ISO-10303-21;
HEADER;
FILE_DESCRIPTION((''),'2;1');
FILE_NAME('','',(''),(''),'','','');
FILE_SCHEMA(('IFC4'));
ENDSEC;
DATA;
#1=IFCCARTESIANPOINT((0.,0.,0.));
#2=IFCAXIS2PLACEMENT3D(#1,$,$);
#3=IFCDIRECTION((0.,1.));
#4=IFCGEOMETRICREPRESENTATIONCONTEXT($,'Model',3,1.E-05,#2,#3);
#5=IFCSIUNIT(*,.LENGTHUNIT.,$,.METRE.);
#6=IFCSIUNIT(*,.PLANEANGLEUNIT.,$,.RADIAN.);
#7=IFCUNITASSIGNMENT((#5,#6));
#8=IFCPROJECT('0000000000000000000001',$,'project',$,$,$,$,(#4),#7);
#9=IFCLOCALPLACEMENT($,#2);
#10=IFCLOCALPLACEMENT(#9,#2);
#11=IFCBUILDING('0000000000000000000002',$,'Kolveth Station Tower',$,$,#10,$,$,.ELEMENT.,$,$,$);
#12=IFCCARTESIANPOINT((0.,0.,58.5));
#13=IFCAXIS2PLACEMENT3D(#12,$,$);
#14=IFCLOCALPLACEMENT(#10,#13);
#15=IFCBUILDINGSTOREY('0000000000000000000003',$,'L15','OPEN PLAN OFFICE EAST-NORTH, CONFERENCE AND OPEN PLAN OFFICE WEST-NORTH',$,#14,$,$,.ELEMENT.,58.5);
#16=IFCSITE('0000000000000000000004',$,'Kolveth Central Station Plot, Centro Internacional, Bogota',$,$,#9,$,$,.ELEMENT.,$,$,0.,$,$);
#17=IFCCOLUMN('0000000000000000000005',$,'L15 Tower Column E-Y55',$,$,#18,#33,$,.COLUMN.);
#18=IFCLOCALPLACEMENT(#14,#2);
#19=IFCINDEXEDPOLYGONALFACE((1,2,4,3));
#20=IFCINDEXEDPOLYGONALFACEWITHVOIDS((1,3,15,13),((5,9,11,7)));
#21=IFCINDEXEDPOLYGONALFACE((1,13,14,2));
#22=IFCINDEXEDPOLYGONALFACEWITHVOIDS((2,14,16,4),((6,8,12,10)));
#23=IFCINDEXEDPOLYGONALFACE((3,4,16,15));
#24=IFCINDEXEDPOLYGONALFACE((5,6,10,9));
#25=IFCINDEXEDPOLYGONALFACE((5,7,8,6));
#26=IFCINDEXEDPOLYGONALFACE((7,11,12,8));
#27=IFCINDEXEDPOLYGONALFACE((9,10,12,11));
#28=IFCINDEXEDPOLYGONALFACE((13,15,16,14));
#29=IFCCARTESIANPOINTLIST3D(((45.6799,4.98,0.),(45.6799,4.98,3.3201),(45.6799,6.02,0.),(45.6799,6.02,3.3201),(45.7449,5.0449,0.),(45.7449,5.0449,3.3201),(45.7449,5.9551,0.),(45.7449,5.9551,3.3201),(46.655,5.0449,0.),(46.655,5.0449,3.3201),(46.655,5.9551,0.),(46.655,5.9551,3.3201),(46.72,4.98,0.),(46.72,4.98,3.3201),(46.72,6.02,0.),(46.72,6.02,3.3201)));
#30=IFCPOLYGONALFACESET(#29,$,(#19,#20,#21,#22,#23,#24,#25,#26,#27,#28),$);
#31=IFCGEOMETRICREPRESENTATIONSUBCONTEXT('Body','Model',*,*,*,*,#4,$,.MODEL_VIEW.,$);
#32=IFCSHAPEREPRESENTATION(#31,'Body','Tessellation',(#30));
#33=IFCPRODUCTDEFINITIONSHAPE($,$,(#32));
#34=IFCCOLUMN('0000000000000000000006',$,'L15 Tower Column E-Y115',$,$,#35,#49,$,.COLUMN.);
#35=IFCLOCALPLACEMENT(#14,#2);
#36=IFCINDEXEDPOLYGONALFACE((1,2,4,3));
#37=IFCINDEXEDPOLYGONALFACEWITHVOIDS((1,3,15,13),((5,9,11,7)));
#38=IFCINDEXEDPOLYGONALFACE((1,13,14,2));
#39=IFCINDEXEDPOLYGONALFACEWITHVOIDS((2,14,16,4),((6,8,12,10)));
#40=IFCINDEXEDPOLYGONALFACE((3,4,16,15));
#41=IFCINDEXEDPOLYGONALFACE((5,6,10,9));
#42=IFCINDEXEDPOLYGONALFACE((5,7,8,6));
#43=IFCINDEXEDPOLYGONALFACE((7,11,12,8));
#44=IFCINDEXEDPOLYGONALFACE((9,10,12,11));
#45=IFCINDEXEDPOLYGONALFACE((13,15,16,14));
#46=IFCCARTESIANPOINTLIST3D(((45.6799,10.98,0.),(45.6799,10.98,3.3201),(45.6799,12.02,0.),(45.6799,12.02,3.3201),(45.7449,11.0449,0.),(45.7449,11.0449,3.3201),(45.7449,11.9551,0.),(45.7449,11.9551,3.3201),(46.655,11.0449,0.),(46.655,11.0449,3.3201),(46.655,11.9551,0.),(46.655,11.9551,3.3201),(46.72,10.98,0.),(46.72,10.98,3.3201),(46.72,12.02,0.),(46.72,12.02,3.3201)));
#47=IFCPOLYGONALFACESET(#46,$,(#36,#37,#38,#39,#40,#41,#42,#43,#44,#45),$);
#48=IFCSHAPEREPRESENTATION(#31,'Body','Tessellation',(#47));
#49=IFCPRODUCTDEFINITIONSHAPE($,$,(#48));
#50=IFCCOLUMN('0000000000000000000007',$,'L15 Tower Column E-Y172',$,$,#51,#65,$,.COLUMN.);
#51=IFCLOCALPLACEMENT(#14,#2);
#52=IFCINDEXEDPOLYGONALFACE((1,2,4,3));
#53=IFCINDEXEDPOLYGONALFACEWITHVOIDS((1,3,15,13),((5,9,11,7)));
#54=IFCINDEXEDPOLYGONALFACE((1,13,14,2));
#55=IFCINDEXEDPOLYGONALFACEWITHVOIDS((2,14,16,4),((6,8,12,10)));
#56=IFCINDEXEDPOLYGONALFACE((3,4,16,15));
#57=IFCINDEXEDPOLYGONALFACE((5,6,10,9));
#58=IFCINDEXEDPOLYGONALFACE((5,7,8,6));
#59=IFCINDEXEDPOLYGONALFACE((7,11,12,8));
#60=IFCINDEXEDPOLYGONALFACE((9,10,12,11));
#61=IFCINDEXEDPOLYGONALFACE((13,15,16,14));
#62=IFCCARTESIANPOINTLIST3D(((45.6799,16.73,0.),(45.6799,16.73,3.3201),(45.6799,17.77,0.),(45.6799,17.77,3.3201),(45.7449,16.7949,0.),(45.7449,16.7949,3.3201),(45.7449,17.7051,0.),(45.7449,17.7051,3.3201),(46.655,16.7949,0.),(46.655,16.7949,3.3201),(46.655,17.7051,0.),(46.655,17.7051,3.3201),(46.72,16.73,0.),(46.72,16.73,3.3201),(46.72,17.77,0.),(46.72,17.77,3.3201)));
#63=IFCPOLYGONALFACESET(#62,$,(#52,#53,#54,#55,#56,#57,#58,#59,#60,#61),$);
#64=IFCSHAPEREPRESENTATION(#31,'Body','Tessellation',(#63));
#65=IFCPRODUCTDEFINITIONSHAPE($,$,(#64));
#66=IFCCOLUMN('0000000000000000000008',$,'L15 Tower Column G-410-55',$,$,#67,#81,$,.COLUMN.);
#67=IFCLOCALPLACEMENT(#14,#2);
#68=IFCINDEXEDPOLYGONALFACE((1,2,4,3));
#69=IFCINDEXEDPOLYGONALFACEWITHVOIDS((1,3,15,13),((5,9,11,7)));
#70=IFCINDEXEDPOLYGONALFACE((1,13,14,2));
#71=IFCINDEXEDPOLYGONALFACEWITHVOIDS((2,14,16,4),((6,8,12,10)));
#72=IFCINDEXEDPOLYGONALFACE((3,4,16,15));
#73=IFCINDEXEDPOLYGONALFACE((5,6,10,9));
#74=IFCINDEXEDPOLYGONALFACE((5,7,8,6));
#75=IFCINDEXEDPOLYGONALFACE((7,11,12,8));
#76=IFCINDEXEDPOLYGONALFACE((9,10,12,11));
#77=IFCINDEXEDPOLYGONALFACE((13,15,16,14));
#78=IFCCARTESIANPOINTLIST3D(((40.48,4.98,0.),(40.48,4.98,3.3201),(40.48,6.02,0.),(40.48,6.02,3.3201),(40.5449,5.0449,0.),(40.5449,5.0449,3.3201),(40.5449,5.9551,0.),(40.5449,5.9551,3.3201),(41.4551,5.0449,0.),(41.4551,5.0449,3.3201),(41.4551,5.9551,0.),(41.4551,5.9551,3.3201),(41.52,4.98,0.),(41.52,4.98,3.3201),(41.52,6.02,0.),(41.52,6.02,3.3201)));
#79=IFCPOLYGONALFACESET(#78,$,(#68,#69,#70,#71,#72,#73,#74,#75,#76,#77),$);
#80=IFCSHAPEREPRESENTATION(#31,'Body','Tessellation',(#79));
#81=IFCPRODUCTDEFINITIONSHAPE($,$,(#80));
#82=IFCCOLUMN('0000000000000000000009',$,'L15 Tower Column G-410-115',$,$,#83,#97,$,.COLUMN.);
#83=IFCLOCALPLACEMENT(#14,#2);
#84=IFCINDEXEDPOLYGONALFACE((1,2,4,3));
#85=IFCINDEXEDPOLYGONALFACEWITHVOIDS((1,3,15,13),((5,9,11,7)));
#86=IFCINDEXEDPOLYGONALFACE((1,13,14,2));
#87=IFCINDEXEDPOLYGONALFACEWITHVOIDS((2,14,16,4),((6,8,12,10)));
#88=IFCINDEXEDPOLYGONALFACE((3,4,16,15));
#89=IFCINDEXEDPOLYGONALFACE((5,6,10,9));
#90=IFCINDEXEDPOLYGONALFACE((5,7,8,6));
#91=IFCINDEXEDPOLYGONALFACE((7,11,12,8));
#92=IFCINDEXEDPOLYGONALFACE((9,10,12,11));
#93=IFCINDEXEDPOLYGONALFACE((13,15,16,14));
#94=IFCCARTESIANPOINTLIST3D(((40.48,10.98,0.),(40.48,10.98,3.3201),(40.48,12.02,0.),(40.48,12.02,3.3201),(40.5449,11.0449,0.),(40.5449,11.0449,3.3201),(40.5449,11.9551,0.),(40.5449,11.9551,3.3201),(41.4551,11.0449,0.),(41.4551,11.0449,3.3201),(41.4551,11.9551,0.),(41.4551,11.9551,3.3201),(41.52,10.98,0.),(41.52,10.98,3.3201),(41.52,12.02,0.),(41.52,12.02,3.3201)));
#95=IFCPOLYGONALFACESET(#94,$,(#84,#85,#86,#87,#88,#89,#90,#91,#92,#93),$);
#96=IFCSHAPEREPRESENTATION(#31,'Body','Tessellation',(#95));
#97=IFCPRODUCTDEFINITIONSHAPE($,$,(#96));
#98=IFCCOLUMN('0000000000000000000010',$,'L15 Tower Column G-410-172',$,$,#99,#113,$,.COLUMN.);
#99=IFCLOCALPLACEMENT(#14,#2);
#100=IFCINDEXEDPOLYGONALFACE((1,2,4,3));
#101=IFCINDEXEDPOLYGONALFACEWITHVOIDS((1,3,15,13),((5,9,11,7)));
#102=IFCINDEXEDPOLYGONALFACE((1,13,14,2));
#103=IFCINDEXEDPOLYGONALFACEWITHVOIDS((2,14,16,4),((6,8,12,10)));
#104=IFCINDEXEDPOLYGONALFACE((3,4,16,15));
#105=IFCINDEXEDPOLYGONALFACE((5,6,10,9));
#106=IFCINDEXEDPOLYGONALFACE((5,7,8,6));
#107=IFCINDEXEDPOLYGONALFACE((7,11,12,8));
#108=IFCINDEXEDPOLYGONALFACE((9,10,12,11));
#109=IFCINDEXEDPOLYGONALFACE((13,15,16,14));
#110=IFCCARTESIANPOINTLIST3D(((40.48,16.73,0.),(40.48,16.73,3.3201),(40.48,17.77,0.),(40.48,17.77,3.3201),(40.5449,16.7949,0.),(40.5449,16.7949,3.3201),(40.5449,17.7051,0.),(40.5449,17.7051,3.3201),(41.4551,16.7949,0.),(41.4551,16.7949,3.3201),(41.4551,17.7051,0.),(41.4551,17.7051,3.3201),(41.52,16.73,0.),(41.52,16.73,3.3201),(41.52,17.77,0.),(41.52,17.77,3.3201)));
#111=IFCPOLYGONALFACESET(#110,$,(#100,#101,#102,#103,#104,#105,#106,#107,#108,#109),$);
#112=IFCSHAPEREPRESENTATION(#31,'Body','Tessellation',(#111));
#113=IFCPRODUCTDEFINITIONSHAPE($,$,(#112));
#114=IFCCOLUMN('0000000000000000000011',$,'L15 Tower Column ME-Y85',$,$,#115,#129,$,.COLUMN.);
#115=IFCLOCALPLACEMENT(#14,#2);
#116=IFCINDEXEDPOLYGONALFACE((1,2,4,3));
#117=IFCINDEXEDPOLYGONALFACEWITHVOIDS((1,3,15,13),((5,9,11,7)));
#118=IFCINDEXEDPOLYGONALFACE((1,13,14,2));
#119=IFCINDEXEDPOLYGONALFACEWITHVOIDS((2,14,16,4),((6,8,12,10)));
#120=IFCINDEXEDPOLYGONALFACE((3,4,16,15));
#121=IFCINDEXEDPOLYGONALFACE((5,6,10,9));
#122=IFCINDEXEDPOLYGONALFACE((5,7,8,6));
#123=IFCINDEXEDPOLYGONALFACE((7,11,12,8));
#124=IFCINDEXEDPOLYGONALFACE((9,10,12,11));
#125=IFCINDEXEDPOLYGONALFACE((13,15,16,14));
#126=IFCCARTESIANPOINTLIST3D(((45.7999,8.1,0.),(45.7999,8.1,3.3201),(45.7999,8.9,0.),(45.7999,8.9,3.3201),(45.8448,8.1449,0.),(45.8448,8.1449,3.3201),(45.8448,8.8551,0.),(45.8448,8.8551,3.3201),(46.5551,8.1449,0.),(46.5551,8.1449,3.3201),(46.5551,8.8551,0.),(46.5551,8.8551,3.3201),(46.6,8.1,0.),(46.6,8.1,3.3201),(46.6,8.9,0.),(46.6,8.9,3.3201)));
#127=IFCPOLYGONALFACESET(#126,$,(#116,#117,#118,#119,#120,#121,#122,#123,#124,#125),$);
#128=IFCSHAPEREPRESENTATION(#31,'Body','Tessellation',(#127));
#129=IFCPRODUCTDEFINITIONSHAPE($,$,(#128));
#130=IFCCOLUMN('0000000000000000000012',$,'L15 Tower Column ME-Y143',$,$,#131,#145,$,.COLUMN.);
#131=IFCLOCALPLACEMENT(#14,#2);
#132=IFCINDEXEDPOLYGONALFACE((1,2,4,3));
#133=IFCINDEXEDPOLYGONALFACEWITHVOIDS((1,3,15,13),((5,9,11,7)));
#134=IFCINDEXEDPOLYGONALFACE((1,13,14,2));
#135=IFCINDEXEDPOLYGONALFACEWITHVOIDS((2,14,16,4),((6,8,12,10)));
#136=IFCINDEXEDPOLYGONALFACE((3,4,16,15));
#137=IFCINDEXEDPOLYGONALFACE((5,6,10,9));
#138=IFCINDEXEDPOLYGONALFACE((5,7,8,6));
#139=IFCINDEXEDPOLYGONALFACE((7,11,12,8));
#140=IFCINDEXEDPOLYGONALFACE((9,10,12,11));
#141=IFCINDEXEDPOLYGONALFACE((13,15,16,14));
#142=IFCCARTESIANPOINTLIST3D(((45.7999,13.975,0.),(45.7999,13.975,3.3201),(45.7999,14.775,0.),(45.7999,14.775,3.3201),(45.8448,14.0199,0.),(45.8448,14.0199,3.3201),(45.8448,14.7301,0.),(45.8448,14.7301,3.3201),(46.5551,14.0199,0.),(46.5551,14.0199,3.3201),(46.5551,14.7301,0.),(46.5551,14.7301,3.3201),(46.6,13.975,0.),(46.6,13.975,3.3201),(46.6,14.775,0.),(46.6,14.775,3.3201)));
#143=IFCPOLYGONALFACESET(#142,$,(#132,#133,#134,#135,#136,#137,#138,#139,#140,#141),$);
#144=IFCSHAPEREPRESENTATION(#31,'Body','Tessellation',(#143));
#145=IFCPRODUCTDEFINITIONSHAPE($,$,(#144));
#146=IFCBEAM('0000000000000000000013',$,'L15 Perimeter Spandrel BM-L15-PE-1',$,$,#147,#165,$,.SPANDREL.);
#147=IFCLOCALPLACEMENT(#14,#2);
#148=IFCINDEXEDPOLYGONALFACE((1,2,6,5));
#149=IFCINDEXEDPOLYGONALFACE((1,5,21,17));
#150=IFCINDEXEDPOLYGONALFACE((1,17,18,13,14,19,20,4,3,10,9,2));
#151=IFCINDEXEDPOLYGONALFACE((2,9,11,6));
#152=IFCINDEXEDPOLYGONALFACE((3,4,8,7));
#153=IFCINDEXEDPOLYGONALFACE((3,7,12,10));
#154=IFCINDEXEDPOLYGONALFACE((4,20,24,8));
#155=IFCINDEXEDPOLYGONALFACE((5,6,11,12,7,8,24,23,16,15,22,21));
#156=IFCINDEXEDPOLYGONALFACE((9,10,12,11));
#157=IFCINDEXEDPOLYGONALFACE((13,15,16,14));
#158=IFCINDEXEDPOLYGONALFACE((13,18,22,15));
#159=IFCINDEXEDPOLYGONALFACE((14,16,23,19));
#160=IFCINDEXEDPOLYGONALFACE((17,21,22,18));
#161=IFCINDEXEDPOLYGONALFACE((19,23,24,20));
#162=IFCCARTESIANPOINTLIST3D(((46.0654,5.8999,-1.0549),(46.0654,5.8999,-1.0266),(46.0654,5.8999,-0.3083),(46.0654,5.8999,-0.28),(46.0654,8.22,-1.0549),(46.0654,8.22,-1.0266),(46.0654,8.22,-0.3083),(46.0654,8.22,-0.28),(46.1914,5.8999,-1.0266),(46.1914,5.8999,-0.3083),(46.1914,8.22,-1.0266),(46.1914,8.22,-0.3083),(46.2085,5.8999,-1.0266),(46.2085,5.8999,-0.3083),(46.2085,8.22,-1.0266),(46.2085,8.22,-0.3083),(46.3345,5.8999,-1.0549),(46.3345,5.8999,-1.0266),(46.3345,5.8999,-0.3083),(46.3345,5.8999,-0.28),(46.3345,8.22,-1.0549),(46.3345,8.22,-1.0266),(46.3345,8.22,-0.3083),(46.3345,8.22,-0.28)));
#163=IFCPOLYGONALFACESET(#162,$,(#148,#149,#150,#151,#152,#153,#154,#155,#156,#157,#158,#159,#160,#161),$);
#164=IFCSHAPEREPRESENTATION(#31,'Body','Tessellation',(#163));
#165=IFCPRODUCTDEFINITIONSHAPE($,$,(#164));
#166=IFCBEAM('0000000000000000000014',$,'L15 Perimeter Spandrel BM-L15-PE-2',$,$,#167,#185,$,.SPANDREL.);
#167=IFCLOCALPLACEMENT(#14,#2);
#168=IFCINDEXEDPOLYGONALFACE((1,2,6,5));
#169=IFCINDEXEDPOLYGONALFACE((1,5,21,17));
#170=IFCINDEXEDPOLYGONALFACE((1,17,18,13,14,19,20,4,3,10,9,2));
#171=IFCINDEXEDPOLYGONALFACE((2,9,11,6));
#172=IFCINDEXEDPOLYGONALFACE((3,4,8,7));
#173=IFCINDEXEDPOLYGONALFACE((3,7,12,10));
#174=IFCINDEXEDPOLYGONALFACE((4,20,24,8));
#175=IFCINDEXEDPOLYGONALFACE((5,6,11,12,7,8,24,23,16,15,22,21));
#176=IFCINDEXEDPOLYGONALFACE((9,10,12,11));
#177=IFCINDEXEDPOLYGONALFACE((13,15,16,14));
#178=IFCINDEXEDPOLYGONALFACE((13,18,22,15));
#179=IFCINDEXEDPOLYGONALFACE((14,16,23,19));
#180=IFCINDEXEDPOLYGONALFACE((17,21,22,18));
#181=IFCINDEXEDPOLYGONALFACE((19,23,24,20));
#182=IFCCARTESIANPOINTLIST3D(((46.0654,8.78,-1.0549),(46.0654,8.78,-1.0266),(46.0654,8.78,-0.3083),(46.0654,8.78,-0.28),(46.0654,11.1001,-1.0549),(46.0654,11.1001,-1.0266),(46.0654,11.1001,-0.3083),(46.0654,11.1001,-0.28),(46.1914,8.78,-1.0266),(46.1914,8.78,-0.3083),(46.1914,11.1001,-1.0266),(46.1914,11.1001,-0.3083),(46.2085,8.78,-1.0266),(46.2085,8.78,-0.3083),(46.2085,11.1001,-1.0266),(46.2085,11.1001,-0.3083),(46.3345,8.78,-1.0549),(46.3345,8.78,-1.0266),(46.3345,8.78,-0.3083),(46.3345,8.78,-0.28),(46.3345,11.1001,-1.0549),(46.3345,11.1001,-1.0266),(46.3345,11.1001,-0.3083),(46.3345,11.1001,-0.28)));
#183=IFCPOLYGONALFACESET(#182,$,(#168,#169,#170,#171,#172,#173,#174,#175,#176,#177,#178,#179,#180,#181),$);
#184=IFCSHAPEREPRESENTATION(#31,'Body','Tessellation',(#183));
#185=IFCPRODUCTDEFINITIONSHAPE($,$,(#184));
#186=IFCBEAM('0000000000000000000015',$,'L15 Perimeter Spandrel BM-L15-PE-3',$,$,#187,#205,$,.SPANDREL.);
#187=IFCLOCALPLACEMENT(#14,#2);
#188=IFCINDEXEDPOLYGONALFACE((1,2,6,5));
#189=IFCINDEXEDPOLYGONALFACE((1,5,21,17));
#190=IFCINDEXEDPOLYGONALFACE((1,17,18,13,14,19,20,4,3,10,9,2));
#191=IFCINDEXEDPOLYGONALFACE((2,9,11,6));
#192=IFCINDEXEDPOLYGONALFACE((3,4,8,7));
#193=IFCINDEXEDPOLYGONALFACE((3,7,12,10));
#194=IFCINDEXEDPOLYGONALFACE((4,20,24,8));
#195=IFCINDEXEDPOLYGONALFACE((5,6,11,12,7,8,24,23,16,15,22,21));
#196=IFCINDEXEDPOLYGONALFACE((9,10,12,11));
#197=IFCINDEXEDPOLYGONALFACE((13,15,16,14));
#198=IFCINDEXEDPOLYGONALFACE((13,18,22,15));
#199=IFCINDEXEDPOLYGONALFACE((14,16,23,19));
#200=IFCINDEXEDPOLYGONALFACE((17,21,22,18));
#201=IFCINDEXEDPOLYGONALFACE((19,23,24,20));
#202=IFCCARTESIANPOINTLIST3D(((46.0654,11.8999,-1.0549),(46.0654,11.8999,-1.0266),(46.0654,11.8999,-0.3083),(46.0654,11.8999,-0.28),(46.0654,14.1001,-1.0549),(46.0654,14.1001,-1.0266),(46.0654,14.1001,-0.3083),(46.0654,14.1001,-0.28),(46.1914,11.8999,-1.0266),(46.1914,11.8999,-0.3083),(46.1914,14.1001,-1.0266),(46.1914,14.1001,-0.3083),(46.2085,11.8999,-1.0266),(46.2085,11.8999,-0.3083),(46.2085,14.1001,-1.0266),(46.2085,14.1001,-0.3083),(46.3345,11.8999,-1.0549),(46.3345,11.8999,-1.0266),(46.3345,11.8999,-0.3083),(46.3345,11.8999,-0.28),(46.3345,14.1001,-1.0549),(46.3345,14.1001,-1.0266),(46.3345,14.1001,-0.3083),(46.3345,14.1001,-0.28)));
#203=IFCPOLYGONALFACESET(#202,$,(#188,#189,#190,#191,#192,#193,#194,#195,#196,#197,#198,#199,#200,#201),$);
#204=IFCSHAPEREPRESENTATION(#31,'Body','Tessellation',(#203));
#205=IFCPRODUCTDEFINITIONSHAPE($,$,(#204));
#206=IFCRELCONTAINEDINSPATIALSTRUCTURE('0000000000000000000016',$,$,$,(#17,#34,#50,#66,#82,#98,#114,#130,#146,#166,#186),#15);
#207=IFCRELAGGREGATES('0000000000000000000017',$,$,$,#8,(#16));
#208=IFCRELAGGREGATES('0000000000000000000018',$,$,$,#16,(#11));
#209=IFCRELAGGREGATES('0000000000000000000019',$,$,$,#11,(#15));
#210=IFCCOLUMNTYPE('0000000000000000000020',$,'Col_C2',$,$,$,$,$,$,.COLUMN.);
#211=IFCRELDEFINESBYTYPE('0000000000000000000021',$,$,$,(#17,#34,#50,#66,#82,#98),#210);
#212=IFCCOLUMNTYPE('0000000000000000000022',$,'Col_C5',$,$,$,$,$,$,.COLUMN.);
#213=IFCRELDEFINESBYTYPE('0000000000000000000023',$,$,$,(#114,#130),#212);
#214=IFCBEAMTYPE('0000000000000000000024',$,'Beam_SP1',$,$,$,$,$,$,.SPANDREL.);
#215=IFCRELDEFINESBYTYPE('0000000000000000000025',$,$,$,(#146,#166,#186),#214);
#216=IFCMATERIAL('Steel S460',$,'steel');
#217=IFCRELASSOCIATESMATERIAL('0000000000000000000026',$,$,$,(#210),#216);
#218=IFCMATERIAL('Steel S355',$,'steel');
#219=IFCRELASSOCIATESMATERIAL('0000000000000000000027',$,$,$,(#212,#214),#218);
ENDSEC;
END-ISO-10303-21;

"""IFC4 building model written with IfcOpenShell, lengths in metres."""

from ifc_helpers import new_model, si_unit, direction, frame, origin, origin_2d, place, context, subcontext, project, spatial, hollow_rectangle, i_section, extrude, source, transform, mapped, material, material_profile, profile_set, type_object, element, save


model = new_model("IFC4")

# Units and contexts
model_context = context("Model", 3, precision=1e-05, world=origin(), true_north=direction((0.0, 1.0)))
body_context = subcontext(model_context, "Body", "Model", "MODEL_VIEW")
ifc_project = project(units=[si_unit("LENGTHUNIT", "METRE"), si_unit("PLANEANGLEUNIT", "RADIAN")], contexts=[model_context])

# Site, building, storey
site_placement = place(None, origin())
site = spatial("IfcSite", under=ifc_project, at=site_placement, Name="Kolveth Central Station Plot, Centro Internacional, Bogota", CompositionType="ELEMENT", RefElevation=0.0)
building_placement = place(site_placement, origin())
building = spatial("IfcBuilding", under=site, at=building_placement, Name="Kolveth Station Tower", CompositionType="ELEMENT")
storey_placement = place(building_placement, frame((0.0, 0.0, 58.5)))
storey = spatial("IfcBuildingStorey", under=building, at=storey_placement, Name="L15", Description="OPEN PLAN OFFICE EAST-NORTH, CONFERENCE AND OPEN PLAN OFFICE WEST-NORTH", CompositionType="ELEMENT", Elevation=58.5)

# Columns
ifc_material_1 = material(Name="Steel S460", Category="steel")
ifc_material_profile_1 = material_profile(ifc_material_1, hollow_rectangle(XDim=1.04, YDim=1.04, WallThickness=0.0649, at=origin_2d()), Name="BOX1040x1040x65")
ifc_profile_set_1 = profile_set([ifc_material_profile_1], Name="Steel S460")
column_type_1 = type_object("IfcColumnType", Name="Col_C2", PredefinedType="COLUMN", material=ifc_profile_set_1)
shared_shape_1 = source(origin(), body_context, "Body", "SweptSolid", [
    extrude(hollow_rectangle(XDim=1.04, YDim=1.04, WallThickness=0.0649, at=origin_2d()), origin(), (0.0, 0.0, 1.0), 3.3201),
])
for number, where, z_axis, x_axis, name in (
    (1, (46.2, 5.5, 0.0), (0.0, 0.0, 1.0), (1.0, 0.0, 0.0), "L15 Tower Column E-Y55"),
    (2, (46.2, 11.5, 0.0), (0.0, 0.0, 1.0), (1.0, 0.0, 0.0), "L15 Tower Column E-Y115"),
    (3, (46.2, 17.25, 0.0), (0.0, 0.0, 1.0), (1.0, 0.0, 0.0), "L15 Tower Column E-Y172"),
    (4, (41.0, 5.5, 0.0), (0.0, 0.0, 1.0), (1.0, 0.0, 0.0), "L15 Tower Column G-410-55"),
    (5, (41.0, 11.5, 0.0), (0.0, 0.0, 1.0), (1.0, 0.0, 0.0), "L15 Tower Column G-410-115"),
    (6, (41.0, 17.25, 0.0), (0.0, 0.0, 1.0), (1.0, 0.0, 0.0), "L15 Tower Column G-410-172"),
):
    element("IfcColumn", number, at=place(storey_placement, frame(where, z_axis=z_axis, x_axis=x_axis)), inside=storey, type_object=column_type_1, Name=name, PredefinedType="COLUMN", context=body_context, shape_type="MappedRepresentation", body=[
        mapped(shared_shape_1, transform((0.0, 0.0, 0.0), x_axis=(1.0, 0.0, 0.0), y_axis=(0.0, 1.0, 0.0), z_axis=(0.0, 0.0, 1.0), scale=1.0)),
    ])
ifc_material_2 = material(Name="Steel S355", Category="steel")
ifc_material_profile_2 = material_profile(ifc_material_2, hollow_rectangle(XDim=0.8, YDim=0.8, WallThickness=0.0449, at=origin_2d()), Name="BOX800x800x45")
ifc_profile_set_2 = profile_set([ifc_material_profile_2], Name="Steel S355")
column_type_2 = type_object("IfcColumnType", Name="Col_C5", PredefinedType="COLUMN", material=ifc_profile_set_2)
shared_shape_2 = source(origin(), body_context, "Body", "SweptSolid", [
    extrude(hollow_rectangle(XDim=0.8, YDim=0.8, WallThickness=0.0449, at=origin_2d()), origin(), (0.0, 0.0, 1.0), 3.3201),
])
for number, where, z_axis, x_axis, name in (
    (7, (46.2, 8.5, 0.0), (0.0, 0.0, 1.0), (1.0, 0.0, 0.0), "L15 Tower Column ME-Y85"),
    (8, (46.2, 14.375, 0.0), (0.0, 0.0, 1.0), (1.0, 0.0, 0.0), "L15 Tower Column ME-Y143"),
):
    element("IfcColumn", number, at=place(storey_placement, frame(where, z_axis=z_axis, x_axis=x_axis)), inside=storey, type_object=column_type_2, Name=name, PredefinedType="COLUMN", context=body_context, shape_type="MappedRepresentation", body=[
        mapped(shared_shape_2, transform((0.0, 0.0, 0.0), x_axis=(1.0, 0.0, 0.0), y_axis=(0.0, 1.0, 0.0), z_axis=(0.0, 0.0, 1.0), scale=1.0)),
    ])

# Beams
ifc_material_profile_3 = material_profile(ifc_material_2, i_section(OverallWidth=0.269, OverallDepth=0.7749, WebThickness=0.0171, FlangeThickness=0.0283, at=origin_2d()), Name="W760x220")
ifc_profile_set_3 = profile_set([ifc_material_profile_3], Name="Steel S355")
beam_type_1 = type_object("IfcBeamType", Name="Beam_SP1", PredefinedType="SPANDREL", material=ifc_profile_set_3)
shared_shape_3 = source(origin(), body_context, "Body", "SweptSolid", [
    extrude(i_section(OverallWidth=0.269, OverallDepth=0.7749, WebThickness=0.0171, FlangeThickness=0.0283, at=origin_2d()), origin(), (0.0, 0.0, 1.0), 2.3201),
])
for number, where, z_axis, x_axis, name in (
    (9, (46.2, 5.8999, -0.6675), (0.0, 1.0, 0.0), (-1.0, 0.0, 0.0), "L15 Perimeter Spandrel BM-L15-PE-1"),
    (10, (46.2, 8.78, -0.6675), (0.0, 1.0, 0.0), (-1.0, 0.0, 0.0), "L15 Perimeter Spandrel BM-L15-PE-2"),
):
    element("IfcBeam", number, at=place(storey_placement, frame(where, z_axis=z_axis, x_axis=x_axis)), inside=storey, type_object=beam_type_1, Name=name, PredefinedType="SPANDREL", context=body_context, shape_type="MappedRepresentation", body=[
        mapped(shared_shape_3, transform((0.0, 0.0, 0.0), x_axis=(1.0, 0.0, 0.0), y_axis=(0.0, 1.0, 0.0), z_axis=(0.0, 0.0, 1.0), scale=1.0)),
    ])
shared_shape_4 = source(origin(), body_context, "Body", "SweptSolid", [
    extrude(i_section(OverallWidth=0.269, OverallDepth=0.7749, WebThickness=0.0171, FlangeThickness=0.0283, at=origin_2d()), origin(), (0.0, 0.0, 1.0), 2.2002),
])
beam_1_placement = place(storey_placement, frame((46.2, 11.8999, -0.6675), z_axis=(0.0, 1.0, 0.0), x_axis=(-1.0, 0.0, 0.0)))
element("IfcBeam", 11, at=beam_1_placement, inside=storey, type_object=beam_type_1, Name="L15 Perimeter Spandrel BM-L15-PE-3", PredefinedType="SPANDREL", context=body_context, shape_type="MappedRepresentation", body=[
    mapped(shared_shape_4, transform((0.0, 0.0, 0.0), x_axis=(1.0, 0.0, 0.0), y_axis=(0.0, 1.0, 0.0), z_axis=(0.0, 0.0, 1.0), scale=1.0)),
])

save(model, "model.ifc")
